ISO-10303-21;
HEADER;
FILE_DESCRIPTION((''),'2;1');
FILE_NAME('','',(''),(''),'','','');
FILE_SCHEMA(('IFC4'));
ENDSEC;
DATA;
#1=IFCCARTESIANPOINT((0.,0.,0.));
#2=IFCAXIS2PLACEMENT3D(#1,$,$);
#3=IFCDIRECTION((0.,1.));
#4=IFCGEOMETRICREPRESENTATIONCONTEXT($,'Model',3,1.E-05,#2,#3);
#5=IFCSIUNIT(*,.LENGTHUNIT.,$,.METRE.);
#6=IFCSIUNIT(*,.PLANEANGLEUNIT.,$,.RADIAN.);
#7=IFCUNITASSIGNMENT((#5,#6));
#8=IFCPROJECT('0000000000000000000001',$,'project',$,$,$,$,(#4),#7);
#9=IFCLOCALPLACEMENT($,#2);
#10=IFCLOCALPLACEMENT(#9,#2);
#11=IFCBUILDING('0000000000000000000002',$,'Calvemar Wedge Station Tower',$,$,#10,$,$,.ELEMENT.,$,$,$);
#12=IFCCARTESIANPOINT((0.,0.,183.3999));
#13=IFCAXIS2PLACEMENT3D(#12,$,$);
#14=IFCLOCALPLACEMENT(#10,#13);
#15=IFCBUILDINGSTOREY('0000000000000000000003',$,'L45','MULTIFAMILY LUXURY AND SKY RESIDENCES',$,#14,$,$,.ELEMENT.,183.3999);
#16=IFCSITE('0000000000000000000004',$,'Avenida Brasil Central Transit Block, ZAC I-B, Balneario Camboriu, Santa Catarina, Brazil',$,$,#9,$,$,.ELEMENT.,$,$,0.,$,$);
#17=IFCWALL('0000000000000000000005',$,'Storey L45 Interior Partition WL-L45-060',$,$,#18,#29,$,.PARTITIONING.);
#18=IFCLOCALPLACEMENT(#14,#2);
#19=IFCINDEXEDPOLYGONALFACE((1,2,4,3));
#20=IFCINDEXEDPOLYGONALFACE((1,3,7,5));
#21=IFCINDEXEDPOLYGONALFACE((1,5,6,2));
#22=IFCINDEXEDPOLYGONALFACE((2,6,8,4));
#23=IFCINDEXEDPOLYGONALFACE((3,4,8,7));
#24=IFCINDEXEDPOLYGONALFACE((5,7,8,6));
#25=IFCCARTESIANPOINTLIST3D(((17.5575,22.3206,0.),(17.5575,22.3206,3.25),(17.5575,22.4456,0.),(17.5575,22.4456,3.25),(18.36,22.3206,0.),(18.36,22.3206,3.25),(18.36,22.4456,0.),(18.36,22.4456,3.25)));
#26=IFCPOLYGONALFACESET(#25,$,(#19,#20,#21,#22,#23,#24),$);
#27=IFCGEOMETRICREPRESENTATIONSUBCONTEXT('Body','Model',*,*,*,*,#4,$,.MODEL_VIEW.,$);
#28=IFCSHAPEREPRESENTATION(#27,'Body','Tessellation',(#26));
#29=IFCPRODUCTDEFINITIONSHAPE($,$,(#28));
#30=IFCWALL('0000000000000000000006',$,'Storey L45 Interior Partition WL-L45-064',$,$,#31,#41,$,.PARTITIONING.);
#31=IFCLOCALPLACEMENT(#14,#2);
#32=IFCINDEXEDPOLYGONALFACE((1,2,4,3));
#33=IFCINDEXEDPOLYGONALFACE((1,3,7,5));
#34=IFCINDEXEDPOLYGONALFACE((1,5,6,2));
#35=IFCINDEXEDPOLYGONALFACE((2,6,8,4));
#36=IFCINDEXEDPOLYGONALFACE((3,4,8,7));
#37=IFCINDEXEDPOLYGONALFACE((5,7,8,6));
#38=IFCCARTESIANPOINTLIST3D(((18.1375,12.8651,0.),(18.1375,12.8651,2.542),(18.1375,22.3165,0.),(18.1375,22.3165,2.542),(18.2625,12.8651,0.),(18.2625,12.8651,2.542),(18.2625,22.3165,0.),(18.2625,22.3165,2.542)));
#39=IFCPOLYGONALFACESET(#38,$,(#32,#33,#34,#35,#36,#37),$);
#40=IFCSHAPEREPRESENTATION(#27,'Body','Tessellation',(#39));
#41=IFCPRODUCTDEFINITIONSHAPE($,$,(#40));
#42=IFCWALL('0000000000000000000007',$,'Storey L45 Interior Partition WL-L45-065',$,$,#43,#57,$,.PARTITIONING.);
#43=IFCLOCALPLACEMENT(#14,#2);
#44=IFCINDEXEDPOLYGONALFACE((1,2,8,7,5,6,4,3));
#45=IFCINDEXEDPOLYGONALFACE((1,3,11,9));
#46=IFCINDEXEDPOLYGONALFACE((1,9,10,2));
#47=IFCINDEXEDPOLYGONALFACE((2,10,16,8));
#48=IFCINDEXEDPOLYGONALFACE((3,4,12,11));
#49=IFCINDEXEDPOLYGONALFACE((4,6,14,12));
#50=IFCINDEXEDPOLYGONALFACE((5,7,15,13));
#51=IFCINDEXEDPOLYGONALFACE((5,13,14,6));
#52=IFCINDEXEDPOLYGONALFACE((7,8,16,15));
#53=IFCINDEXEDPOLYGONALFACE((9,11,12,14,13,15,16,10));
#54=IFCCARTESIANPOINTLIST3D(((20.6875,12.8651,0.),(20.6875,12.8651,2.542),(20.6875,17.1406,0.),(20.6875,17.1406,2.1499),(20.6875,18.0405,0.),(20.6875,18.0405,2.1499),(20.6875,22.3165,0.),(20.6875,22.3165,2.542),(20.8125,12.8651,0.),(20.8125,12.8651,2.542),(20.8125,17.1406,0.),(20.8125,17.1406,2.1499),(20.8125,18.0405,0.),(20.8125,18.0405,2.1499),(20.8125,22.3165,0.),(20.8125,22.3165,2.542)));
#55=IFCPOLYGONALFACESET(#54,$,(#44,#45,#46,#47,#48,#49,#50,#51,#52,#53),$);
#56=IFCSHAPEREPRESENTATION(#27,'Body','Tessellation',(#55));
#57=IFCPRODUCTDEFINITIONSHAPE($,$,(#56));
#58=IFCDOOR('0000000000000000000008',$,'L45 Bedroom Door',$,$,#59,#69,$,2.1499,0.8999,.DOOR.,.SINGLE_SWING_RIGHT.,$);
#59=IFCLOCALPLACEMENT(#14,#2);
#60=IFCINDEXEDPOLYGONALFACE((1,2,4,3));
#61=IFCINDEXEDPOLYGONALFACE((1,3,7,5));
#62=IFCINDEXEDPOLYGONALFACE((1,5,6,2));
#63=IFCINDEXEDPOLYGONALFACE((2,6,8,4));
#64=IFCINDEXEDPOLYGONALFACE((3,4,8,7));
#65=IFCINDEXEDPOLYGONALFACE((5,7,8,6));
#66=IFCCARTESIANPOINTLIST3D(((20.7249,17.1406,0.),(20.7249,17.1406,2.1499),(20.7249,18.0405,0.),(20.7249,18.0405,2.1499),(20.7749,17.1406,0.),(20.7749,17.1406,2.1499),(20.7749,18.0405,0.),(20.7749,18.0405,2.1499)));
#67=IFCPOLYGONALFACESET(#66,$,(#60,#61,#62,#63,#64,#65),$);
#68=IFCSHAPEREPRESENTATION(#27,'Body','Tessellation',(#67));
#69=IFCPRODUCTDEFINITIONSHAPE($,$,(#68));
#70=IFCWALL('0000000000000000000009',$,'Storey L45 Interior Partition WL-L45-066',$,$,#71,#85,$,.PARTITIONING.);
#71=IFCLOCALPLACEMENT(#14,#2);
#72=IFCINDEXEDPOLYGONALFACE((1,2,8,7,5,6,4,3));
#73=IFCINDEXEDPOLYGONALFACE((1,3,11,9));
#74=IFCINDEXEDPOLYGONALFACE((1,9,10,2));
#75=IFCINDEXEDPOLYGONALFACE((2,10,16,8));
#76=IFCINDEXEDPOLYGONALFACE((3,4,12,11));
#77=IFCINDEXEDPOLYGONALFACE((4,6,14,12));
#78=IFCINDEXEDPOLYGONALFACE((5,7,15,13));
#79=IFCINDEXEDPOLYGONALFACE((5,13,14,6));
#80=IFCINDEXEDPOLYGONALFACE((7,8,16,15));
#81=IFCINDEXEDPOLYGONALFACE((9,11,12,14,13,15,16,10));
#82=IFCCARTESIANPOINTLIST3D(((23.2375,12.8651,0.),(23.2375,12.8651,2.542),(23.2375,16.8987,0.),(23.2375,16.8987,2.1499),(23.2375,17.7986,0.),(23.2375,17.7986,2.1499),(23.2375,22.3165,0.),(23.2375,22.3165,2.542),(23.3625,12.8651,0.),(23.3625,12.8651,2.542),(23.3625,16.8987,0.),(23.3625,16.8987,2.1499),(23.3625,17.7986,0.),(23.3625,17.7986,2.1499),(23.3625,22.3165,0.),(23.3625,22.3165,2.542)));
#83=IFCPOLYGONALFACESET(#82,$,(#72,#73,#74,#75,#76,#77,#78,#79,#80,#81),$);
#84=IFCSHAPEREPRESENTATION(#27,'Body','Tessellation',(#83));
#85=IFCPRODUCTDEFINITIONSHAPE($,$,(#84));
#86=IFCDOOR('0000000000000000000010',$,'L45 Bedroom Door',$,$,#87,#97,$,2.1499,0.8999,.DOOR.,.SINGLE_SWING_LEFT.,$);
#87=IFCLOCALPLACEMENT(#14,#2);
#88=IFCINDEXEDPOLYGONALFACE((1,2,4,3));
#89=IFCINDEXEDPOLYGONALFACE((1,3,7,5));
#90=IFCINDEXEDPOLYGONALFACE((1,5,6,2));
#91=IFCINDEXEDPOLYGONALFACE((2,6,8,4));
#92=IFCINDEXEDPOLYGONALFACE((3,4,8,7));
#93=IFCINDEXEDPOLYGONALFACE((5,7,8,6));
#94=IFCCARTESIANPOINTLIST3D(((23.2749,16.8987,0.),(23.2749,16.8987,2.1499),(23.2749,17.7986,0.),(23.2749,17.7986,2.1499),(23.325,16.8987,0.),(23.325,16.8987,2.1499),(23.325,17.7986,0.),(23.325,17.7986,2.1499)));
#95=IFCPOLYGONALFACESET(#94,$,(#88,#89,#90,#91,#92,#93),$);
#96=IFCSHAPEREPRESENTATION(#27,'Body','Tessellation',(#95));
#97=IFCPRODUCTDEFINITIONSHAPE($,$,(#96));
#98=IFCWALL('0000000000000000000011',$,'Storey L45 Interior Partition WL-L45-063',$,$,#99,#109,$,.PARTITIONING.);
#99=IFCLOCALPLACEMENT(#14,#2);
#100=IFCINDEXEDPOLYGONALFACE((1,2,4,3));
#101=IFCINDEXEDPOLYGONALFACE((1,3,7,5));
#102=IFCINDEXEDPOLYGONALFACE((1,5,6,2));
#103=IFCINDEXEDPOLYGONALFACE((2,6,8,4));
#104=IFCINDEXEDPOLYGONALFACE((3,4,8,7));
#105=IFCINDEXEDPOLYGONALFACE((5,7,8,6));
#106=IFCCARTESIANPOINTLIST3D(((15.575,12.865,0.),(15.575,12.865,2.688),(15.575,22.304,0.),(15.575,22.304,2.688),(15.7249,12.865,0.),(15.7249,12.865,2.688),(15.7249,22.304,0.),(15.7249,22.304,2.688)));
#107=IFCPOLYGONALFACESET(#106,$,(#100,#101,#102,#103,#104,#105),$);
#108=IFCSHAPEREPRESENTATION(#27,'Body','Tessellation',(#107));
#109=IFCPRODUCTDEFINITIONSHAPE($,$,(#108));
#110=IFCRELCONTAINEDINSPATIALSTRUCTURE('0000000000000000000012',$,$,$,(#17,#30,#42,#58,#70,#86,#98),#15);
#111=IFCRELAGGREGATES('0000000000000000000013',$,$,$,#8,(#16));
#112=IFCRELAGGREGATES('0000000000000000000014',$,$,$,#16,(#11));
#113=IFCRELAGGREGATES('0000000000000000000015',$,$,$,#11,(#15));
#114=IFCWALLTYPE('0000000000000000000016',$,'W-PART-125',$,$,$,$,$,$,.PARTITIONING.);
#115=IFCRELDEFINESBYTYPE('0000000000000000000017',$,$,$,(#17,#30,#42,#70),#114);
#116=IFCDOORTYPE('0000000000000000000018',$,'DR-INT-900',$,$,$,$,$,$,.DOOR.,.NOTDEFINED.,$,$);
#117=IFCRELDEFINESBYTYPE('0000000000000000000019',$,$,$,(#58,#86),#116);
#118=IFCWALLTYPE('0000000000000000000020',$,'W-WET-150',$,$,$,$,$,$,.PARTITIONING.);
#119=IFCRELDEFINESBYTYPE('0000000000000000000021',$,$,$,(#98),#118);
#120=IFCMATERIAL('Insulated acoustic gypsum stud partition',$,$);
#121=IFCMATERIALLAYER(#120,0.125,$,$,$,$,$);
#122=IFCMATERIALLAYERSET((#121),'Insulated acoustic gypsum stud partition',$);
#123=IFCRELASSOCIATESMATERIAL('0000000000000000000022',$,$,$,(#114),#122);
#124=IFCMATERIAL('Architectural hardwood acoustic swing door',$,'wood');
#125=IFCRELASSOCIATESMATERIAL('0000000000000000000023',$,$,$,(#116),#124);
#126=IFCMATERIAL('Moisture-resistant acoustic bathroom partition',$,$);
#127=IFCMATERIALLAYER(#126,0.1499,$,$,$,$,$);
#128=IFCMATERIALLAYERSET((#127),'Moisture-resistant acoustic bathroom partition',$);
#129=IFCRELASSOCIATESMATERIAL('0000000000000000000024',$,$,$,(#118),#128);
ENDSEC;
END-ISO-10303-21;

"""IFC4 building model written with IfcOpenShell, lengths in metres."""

from ifc_helpers import new_model, si_unit, direction, frame, frame_2d, origin, place, context, subcontext, project, spatial, rectangle, extrude, source, transform, mapped, material, layer, layer_set, type_object, element, fill, save


model = new_model("IFC4")

# Units and contexts
model_context = context("Model", 3, precision=1e-05, world=origin(), true_north=direction((0.0, 1.0)))
body_context = subcontext(model_context, "Body", "Model", "MODEL_VIEW")
ifc_project = project(units=[si_unit("LENGTHUNIT", "METRE"), si_unit("PLANEANGLEUNIT", "RADIAN")], contexts=[model_context])

# Site, building, storey
site_placement = place(None, origin())
site = spatial("IfcSite", under=ifc_project, at=site_placement, Name="Avenida Brasil Central Transit Block, ZAC I-B, Balneario Camboriu, Santa Catarina, Brazil", CompositionType="ELEMENT", RefElevation=0.0)
building_placement = place(site_placement, origin())
building = spatial("IfcBuilding", under=site, at=building_placement, Name="Calvemar Wedge Station Tower", CompositionType="ELEMENT")
storey_placement = place(building_placement, frame((0.0, 0.0, 183.3999)))
storey = spatial("IfcBuildingStorey", under=building, at=storey_placement, Name="L45", Description="MULTIFAMILY LUXURY AND SKY RESIDENCES", CompositionType="ELEMENT", Elevation=183.3999)

# Shared definitions
ifc_material_1 = material(Name="Insulated acoustic gypsum stud partition")
ifc_layer_1 = layer(ifc_material_1, 0.125)
ifc_layer_set_1 = layer_set([ifc_layer_1], Name="Insulated acoustic gypsum stud partition")
wall_type_1 = type_object("IfcWallType", Name="W-PART-125", PredefinedType="PARTITIONING", material=ifc_layer_set_1)
shared_shape_1 = source(origin(), body_context, "Body", "SweptSolid", [
    extrude(rectangle(XDim=0.8999, YDim=2.1499, at=frame_2d((0.45, 1.075))), frame((0.0, 0.0725, 0.0), z_axis=(0.0, -1.0, 0.0), x_axis=(1.0, 0.0, 0.0)), (0.0, 0.0, 1.0), 0.145),
])
ifc_material_2 = material(Name="Architectural hardwood acoustic swing door", Category="wood")
door_type_1 = type_object("IfcDoorType", Name="DR-INT-900", OperationType="NOTDEFINED", PredefinedType="DOOR", material=ifc_material_2)
shared_shape_2 = source(origin(), body_context, "Body", "SweptSolid", [
    extrude(rectangle(XDim=0.8999, YDim=2.1499, at=frame_2d((0.45, 1.075))), frame((0.0, 0.0249, 0.0), z_axis=(0.0, -1.0, 0.0), x_axis=(1.0, 0.0, 0.0)), (0.0, 0.0, 1.0), 0.05),
])

# Wall
wall_1_placement = place(storey_placement, frame((18.3601, 22.3831, 0.0), z_axis=(0.0, 0.0, 1.0), x_axis=(-1.0, 0.0, 0.0)))
element("IfcWall", 1, at=wall_1_placement, inside=storey, type_object=wall_type_1, Name="Storey L45 Interior Partition WL-L45-060", PredefinedType="PARTITIONING", context=body_context, shape_type="SweptSolid", body=[
    extrude(rectangle(XDim=0.8025, YDim=0.125, at=frame_2d((0.4014, 0.0))), origin(), (0.0, 0.0, 1.0), 3.25),
])

# Wall
wall_2_placement = place(storey_placement, frame((18.2, 22.3164, 0.0), z_axis=(0.0, 0.0, 1.0), x_axis=(0.0, -1.0, 0.0)))
element("IfcWall", 2, at=wall_2_placement, inside=storey, type_object=wall_type_1, Name="Storey L45 Interior Partition WL-L45-064", PredefinedType="PARTITIONING", context=body_context, shape_type="SweptSolid", body=[
    extrude(rectangle(XDim=9.4514, YDim=0.125, at=frame_2d((4.7256, 0.0))), origin(), (0.0, 0.0, 1.0), 2.542),
])

# Walls, openings, doors
wall_3_placement = place(storey_placement, frame((20.75, 22.3164, 0.0), z_axis=(0.0, 0.0, 1.0), x_axis=(0.0, -1.0, 0.0)))
wall_3 = element("IfcWall", 3, at=wall_3_placement, inside=storey, type_object=wall_type_1, Name="Storey L45 Interior Partition WL-L45-065", PredefinedType="PARTITIONING", context=body_context, shape_type="SweptSolid", body=[
    extrude(rectangle(XDim=9.4514, YDim=0.125, at=frame_2d((4.7256, 0.0))), origin(), (0.0, 0.0, 1.0), 2.542),
])
opening_1_placement = place(wall_3_placement, frame((4.2759, 0.0, 0.0)))
opening_1 = element("IfcOpeningElement", 4, at=opening_1_placement, cuts=wall_3, PredefinedType="OPENING", context=body_context, shape_type="MappedRepresentation", body=[
    mapped(shared_shape_1, transform((0.0, 0.0, 0.0), scale=1.0)),
])
door_1_placement = place(opening_1_placement, origin())
door_1 = element("IfcDoor", 5, at=door_1_placement, inside=storey, type_object=door_type_1, Name="L45 Bedroom Door", OperationType="SINGLE_SWING_RIGHT", OverallHeight=2.1499, OverallWidth=0.8999, PredefinedType="DOOR", context=body_context, shape_type="MappedRepresentation", body=[
    mapped(shared_shape_2, transform((0.0, 0.0, 0.0), scale=1.0)),
])
fill(opening_1, door_1)
wall_4_placement = place(storey_placement, frame((23.3, 22.3164, 0.0), z_axis=(0.0, 0.0, 1.0), x_axis=(0.0, -1.0, 0.0)))
wall_4 = element("IfcWall", 6, at=wall_4_placement, inside=storey, type_object=wall_type_1, Name="Storey L45 Interior Partition WL-L45-066", PredefinedType="PARTITIONING", context=body_context, shape_type="SweptSolid", body=[
    extrude(rectangle(XDim=9.4514, YDim=0.125, at=frame_2d((4.7256, 0.0))), origin(), (0.0, 0.0, 1.0), 2.542),
])
opening_2_placement = place(wall_4_placement, frame((4.5178, 0.0, 0.0)))
opening_2 = element("IfcOpeningElement", 7, at=opening_2_placement, cuts=wall_4, PredefinedType="OPENING", context=body_context, shape_type="MappedRepresentation", body=[
    mapped(shared_shape_1, transform((0.0, 0.0, 0.0), scale=1.0)),
])
door_2_placement = place(opening_2_placement, origin())
door_2 = element("IfcDoor", 8, at=door_2_placement, inside=storey, type_object=door_type_1, Name="L45 Bedroom Door", OperationType="SINGLE_SWING_LEFT", OverallHeight=2.1499, OverallWidth=0.8999, PredefinedType="DOOR", context=body_context, shape_type="MappedRepresentation", body=[
    mapped(shared_shape_2, transform((0.0, 0.0, 0.0), scale=1.0)),
])
fill(opening_2, door_2)
ifc_material_3 = material(Name="Moisture-resistant acoustic bathroom partition")
ifc_layer_2 = layer(ifc_material_3, 0.1499)
ifc_layer_set_2 = layer_set([ifc_layer_2], Name="Moisture-resistant acoustic bathroom partition")
wall_type_2 = type_object("IfcWallType", Name="W-WET-150", PredefinedType="PARTITIONING", material=ifc_layer_set_2)

# Wall
wall_5_placement = place(storey_placement, frame((15.6499, 22.304, 0.0), z_axis=(0.0, 0.0, 1.0), x_axis=(0.0, -1.0, 0.0)))
element("IfcWall", 9, at=wall_5_placement, inside=storey, type_object=wall_type_2, Name="Storey L45 Interior Partition WL-L45-063", PredefinedType="PARTITIONING", context=body_context, shape_type="SweptSolid", body=[
    extrude(rectangle(XDim=9.439, YDim=0.1499, at=frame_2d((4.7195, 0.0))), origin(), (0.0, 0.0, 1.0), 2.688),
])

save(model, "model.ifc")
